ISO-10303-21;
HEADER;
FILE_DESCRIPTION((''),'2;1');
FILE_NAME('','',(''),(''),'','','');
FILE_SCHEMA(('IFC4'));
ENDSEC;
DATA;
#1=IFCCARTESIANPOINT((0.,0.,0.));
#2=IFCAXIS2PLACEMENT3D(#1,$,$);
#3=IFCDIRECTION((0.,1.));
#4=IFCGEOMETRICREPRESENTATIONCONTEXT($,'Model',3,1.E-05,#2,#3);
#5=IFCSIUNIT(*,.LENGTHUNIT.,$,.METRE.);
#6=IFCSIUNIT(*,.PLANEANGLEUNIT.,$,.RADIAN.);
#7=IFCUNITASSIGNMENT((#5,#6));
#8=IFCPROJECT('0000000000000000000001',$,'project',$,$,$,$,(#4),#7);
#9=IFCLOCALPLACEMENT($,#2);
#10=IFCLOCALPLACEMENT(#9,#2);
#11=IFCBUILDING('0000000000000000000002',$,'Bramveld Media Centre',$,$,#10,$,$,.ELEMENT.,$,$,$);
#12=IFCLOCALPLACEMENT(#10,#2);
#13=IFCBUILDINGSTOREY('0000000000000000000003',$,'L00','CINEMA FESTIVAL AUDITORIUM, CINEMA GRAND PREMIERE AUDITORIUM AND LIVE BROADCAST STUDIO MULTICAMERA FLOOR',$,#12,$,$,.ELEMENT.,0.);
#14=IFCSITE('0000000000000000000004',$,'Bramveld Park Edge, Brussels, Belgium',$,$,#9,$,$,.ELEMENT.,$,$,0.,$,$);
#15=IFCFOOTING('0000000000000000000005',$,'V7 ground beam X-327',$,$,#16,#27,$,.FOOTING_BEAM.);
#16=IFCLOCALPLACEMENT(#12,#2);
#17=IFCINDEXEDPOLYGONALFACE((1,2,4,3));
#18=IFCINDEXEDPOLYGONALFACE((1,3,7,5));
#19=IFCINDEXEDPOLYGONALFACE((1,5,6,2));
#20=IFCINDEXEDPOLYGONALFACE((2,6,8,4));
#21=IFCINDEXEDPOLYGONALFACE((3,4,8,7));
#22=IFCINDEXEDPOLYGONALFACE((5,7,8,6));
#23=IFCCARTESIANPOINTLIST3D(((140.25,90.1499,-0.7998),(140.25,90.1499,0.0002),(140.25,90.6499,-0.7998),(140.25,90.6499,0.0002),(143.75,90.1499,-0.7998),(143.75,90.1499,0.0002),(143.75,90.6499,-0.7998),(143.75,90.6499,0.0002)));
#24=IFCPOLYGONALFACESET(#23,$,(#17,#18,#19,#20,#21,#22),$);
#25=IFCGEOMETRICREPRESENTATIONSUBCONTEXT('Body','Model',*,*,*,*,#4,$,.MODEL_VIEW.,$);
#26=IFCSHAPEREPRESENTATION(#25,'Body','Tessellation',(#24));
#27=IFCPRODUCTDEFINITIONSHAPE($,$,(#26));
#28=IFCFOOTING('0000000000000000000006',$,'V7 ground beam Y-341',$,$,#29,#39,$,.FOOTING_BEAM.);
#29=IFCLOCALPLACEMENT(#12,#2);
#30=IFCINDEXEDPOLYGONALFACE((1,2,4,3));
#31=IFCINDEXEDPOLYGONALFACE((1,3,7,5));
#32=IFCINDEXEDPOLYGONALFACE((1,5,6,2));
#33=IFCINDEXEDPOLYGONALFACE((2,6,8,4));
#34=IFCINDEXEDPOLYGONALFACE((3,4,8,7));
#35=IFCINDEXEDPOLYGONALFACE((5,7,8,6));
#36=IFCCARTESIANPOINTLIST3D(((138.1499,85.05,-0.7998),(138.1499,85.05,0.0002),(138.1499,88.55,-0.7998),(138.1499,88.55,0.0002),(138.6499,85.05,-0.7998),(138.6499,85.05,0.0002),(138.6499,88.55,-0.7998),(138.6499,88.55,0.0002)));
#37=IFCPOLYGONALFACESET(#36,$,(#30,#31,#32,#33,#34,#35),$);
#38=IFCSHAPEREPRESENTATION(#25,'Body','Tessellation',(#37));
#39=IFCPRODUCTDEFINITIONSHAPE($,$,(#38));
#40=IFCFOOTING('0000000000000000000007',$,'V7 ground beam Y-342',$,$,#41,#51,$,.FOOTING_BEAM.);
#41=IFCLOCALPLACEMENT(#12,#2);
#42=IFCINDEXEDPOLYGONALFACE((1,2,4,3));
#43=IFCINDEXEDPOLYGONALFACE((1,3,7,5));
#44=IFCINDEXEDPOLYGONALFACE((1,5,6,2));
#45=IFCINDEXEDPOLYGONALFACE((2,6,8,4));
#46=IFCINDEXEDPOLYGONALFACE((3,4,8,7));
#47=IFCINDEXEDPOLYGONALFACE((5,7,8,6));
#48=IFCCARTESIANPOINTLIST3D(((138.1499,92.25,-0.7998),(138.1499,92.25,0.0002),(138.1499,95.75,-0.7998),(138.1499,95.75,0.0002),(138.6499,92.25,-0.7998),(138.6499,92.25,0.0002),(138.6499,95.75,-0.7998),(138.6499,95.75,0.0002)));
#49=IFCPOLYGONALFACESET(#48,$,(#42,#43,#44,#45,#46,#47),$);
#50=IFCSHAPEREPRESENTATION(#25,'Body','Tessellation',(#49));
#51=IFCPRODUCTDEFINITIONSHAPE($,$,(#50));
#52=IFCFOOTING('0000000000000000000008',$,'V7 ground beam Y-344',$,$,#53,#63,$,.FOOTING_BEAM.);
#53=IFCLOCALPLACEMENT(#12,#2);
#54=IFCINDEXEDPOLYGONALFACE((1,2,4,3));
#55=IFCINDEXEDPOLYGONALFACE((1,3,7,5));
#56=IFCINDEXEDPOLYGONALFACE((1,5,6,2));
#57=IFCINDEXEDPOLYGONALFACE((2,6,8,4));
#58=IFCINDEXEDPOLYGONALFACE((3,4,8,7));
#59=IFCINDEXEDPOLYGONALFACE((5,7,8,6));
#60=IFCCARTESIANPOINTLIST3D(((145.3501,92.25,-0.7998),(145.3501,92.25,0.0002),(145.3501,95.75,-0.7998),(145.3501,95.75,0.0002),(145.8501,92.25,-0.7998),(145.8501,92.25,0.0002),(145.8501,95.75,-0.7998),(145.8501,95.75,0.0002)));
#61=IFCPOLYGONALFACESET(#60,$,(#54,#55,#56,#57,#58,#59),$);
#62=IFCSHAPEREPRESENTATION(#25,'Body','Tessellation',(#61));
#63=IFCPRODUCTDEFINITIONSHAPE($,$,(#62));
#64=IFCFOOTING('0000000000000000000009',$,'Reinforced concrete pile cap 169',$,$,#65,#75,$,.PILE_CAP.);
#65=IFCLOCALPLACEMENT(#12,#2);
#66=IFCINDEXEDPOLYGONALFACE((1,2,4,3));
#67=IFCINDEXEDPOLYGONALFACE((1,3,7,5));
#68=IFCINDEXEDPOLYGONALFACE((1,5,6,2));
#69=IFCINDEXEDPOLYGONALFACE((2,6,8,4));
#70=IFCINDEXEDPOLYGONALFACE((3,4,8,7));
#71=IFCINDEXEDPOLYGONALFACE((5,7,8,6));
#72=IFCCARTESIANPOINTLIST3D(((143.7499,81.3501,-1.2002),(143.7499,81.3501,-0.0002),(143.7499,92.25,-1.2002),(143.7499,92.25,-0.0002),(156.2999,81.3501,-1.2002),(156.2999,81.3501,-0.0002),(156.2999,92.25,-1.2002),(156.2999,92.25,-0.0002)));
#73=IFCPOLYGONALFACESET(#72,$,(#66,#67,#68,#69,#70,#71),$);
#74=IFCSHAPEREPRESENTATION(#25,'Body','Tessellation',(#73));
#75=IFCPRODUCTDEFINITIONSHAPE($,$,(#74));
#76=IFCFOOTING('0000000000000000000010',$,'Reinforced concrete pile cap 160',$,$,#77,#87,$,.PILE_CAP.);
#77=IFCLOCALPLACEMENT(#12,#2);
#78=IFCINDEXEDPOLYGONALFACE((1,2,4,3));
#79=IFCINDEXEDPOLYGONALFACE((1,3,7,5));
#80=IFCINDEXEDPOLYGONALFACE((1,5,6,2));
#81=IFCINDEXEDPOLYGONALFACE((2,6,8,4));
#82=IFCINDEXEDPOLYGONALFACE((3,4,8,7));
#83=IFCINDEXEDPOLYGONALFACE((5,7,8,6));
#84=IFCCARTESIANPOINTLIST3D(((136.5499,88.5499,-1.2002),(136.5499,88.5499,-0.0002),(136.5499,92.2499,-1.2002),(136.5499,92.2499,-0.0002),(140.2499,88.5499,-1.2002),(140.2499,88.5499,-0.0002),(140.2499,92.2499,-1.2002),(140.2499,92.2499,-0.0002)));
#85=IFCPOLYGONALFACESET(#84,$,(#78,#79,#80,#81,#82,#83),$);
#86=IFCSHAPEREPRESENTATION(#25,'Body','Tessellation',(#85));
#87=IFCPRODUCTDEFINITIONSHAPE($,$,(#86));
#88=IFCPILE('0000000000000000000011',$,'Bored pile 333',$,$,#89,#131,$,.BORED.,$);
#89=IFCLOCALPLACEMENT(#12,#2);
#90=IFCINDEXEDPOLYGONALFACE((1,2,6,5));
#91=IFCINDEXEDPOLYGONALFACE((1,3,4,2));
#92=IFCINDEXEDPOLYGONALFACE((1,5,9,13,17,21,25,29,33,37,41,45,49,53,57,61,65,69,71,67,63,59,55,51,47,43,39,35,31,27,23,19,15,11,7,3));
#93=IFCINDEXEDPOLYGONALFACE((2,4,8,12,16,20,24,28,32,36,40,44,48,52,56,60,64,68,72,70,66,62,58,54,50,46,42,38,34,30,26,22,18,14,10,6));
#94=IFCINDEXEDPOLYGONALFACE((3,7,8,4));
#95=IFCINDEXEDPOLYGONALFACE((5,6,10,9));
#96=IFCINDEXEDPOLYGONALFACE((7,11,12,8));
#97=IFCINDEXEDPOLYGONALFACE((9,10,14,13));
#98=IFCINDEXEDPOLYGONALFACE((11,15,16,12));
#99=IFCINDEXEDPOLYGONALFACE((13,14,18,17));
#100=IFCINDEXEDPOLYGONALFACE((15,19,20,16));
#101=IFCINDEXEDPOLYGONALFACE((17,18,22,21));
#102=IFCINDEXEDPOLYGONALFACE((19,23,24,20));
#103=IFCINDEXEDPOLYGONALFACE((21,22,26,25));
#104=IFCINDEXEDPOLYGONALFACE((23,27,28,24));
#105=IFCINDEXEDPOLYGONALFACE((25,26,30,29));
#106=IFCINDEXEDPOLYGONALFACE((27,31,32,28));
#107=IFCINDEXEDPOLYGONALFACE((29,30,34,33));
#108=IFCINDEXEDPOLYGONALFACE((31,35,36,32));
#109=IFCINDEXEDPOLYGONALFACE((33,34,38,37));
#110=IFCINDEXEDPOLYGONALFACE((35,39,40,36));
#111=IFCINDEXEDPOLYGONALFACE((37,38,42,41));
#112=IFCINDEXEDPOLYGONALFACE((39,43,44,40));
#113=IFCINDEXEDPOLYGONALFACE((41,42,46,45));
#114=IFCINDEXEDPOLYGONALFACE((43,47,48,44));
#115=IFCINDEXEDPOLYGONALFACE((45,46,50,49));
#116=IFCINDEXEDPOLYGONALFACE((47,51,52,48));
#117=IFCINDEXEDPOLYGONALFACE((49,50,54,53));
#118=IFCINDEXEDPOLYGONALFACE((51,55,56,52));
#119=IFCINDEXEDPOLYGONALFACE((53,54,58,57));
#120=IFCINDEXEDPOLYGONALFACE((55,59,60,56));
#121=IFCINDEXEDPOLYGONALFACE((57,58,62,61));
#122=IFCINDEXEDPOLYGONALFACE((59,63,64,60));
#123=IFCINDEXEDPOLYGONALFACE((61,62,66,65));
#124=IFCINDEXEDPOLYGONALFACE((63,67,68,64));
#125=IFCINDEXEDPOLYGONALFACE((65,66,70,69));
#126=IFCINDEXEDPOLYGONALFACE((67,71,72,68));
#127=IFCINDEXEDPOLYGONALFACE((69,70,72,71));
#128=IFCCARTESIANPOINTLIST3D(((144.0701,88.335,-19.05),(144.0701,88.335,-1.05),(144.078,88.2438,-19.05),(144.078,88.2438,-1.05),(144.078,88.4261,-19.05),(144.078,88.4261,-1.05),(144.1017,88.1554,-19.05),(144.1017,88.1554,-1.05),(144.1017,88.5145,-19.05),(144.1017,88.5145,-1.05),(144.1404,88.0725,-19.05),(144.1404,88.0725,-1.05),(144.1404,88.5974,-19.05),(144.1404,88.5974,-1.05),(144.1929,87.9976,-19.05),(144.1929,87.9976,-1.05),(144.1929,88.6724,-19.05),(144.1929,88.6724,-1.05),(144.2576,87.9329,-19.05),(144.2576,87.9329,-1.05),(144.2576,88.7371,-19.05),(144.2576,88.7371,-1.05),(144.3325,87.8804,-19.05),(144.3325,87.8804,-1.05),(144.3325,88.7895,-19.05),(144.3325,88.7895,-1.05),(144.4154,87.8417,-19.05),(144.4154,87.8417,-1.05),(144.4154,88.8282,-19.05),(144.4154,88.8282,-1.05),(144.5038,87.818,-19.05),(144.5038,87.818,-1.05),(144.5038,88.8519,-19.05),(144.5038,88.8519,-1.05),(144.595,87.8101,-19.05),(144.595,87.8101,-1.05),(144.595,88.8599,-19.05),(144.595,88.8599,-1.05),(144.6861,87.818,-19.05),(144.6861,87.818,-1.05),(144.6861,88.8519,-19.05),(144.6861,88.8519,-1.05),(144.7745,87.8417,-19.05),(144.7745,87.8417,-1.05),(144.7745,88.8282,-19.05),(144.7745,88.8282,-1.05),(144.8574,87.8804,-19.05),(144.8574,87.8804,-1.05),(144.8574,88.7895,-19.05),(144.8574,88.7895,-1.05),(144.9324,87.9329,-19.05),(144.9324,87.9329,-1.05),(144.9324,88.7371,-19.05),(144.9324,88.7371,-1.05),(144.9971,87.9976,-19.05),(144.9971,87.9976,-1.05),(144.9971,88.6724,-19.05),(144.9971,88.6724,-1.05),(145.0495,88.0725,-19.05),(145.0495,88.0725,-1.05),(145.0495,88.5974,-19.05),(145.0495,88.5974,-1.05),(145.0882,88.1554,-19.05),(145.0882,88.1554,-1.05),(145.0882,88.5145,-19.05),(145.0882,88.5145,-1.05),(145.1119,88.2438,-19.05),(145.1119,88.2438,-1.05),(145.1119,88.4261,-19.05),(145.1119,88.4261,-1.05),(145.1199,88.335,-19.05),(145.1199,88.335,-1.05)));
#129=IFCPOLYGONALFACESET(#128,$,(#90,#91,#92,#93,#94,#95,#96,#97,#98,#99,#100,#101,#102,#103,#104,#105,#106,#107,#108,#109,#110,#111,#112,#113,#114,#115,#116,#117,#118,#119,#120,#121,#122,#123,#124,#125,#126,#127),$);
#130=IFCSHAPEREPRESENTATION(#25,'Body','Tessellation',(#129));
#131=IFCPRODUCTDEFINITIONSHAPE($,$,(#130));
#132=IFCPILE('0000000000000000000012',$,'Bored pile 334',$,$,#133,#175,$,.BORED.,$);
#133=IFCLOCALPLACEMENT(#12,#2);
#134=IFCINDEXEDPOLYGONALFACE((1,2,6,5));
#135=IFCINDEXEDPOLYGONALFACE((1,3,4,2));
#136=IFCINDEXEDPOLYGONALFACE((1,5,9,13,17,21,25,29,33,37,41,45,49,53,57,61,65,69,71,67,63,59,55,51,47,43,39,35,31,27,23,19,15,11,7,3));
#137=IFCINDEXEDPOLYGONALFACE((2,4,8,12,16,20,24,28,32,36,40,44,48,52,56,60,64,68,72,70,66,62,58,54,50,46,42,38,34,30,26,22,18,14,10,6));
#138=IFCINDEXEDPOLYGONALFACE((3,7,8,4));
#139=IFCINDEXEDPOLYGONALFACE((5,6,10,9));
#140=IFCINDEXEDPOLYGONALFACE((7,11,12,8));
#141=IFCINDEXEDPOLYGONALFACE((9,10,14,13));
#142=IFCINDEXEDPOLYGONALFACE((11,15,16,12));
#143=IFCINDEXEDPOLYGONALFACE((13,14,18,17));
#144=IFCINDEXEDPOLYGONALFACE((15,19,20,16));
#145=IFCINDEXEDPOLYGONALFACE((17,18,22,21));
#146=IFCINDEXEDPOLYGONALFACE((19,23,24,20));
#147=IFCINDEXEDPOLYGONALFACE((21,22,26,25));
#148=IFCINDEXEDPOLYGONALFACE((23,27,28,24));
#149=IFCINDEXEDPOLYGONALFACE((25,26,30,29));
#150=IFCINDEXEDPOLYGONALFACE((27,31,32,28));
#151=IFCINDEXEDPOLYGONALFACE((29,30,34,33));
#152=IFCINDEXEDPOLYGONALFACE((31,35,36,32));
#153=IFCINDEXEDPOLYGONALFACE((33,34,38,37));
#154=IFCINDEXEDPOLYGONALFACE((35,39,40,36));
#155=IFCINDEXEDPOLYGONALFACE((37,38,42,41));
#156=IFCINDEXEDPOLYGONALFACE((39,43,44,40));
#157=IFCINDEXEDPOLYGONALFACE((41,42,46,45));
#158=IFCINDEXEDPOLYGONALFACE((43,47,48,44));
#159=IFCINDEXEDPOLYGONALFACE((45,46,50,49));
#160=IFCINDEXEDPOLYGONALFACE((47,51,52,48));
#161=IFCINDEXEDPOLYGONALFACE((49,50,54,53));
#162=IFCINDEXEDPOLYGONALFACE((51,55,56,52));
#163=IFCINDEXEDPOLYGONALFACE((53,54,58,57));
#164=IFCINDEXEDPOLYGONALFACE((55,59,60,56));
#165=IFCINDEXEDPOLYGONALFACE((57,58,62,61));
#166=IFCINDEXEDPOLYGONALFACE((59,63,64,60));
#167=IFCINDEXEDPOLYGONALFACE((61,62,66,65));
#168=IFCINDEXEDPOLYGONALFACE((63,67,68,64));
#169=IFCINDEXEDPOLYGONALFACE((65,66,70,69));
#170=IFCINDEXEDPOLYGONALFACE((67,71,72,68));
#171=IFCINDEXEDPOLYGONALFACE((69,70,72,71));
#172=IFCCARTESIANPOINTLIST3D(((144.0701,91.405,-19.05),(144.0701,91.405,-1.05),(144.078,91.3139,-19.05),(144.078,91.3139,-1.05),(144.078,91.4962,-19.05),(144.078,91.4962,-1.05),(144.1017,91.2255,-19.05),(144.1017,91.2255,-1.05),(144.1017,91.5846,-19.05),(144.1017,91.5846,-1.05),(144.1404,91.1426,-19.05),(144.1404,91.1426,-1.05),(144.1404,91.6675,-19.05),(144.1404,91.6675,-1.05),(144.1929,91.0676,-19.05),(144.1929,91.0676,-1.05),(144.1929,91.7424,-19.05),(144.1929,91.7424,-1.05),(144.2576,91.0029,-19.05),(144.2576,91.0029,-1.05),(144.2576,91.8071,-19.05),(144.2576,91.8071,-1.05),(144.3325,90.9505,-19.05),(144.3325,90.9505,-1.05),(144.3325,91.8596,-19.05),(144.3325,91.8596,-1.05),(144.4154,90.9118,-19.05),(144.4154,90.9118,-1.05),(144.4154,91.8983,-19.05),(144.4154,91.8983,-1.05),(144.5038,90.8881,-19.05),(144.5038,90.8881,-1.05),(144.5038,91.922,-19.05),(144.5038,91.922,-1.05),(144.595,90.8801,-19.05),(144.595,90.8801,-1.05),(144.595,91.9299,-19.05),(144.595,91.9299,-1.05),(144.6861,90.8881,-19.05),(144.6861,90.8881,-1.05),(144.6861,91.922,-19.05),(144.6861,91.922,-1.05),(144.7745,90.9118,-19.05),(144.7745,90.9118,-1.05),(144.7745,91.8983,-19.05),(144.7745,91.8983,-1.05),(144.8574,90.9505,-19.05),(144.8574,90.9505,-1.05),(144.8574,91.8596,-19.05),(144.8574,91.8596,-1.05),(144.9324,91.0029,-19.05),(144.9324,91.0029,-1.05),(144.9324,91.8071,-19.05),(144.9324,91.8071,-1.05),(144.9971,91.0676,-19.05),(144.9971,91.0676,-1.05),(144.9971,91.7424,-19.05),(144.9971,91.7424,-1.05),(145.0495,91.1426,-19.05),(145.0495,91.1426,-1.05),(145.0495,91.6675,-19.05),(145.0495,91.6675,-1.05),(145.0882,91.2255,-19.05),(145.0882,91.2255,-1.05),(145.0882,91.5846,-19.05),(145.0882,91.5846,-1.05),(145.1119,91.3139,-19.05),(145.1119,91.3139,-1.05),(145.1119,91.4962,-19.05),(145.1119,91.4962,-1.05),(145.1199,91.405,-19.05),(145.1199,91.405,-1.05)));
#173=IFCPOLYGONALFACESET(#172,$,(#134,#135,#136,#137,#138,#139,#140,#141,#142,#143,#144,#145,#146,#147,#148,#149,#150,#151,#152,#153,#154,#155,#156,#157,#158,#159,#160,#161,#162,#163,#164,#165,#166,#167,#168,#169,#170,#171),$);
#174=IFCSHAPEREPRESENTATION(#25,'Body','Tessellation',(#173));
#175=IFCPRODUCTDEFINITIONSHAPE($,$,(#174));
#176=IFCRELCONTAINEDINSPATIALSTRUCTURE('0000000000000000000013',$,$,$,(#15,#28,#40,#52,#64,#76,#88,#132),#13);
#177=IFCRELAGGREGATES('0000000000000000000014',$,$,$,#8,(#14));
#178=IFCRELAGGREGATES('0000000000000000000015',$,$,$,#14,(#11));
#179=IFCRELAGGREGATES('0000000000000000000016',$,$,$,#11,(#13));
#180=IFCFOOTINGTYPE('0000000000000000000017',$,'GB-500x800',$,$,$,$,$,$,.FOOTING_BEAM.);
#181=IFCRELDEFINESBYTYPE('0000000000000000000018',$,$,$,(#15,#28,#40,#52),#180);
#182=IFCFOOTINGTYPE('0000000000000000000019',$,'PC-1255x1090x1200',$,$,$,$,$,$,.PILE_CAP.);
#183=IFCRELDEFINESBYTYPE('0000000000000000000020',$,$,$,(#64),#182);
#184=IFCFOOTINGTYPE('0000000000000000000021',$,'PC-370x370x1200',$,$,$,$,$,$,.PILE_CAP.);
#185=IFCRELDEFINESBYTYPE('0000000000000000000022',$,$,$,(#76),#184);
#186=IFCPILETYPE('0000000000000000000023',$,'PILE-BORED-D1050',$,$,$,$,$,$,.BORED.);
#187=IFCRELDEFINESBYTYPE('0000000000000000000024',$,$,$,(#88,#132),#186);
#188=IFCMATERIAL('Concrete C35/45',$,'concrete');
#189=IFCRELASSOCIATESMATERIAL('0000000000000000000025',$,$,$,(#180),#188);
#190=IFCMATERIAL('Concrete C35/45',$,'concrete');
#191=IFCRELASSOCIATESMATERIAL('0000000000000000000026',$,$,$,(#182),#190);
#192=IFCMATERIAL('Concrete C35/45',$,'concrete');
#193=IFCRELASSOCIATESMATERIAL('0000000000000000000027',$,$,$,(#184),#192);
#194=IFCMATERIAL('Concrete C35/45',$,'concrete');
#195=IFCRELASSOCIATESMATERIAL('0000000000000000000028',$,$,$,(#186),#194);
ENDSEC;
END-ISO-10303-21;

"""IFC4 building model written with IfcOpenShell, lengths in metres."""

from ifc_helpers import new_model, si_unit, direction, frame, origin, origin_2d, place, context, subcontext, project, spatial, rectangle, circle, extrude, material, material_profile, profile_set, type_object, element, save


model = new_model("IFC4")

# Units and contexts
model_context = context("Model", 3, precision=1e-05, world=origin(), true_north=direction((0.0, 1.0)))
body_context = subcontext(model_context, "Body", "Model", "MODEL_VIEW")
ifc_project = project(units=[si_unit("LENGTHUNIT", "METRE"), si_unit("PLANEANGLEUNIT", "RADIAN")], contexts=[model_context])

# Site, building, storey
site_placement = place(None, origin())
site = spatial("IfcSite", under=ifc_project, at=site_placement, Name="Bramveld Park Edge, Brussels, Belgium", CompositionType="ELEMENT", RefElevation=0.0)
building_placement = place(site_placement, origin())
building = spatial("IfcBuilding", under=site, at=building_placement, Name="Bramveld Media Centre", CompositionType="ELEMENT")
storey_placement = place(building_placement, origin())
storey = spatial("IfcBuildingStorey", under=building, at=storey_placement, Name="L00", Description="CINEMA FESTIVAL AUDITORIUM, CINEMA GRAND PREMIERE AUDITORIUM AND LIVE BROADCAST STUDIO MULTICAMERA FLOOR", CompositionType="ELEMENT", Elevation=0.0)

# Footings
ifc_material_1 = material(Name="Concrete C35/45", Category="concrete")
footing_type_1 = type_object("IfcFootingType", Name="GB-500x800", PredefinedType="FOOTING_BEAM", material=ifc_material_1)
footing_1_placement = place(storey_placement, frame((142.0, 90.3999, -0.7998), z_axis=(0.0, 0.0, 1.0), x_axis=(1.0, 0.0, 0.0)))
element("IfcFooting", 1, at=footing_1_placement, inside=storey, type_object=footing_type_1, Name="V7 ground beam X-327", PredefinedType="FOOTING_BEAM", context=body_context, shape_type="SweptSolid", body=[
    extrude(rectangle(XDim=3.5, YDim=0.5, at=origin_2d()), origin(), (0.0, 0.0, 1.0), 0.8),
])
for number, where, z_axis, x_axis, name in (
    (2, (138.3999, 86.8, -0.7998), (0.0, 0.0, 1.0), (1.0, 0.0, 0.0), "V7 ground beam Y-341"),
    (3, (138.3999, 94.0, -0.7998), (0.0, 0.0, 1.0), (1.0, 0.0, 0.0), "V7 ground beam Y-342"),
    (4, (145.6001, 94.0, -0.7998), (0.0, 0.0, 1.0), (1.0, 0.0, 0.0), "V7 ground beam Y-344"),
):
    element("IfcFooting", number, at=place(storey_placement, frame(where, z_axis=z_axis, x_axis=x_axis)), inside=storey, type_object=footing_type_1, Name=name, PredefinedType="FOOTING_BEAM", context=body_context, shape_type="SweptSolid", body=[
        extrude(rectangle(XDim=0.5, YDim=3.5, at=origin_2d()), origin(), (0.0, 0.0, 1.0), 0.8),
    ])
ifc_material_2 = material(Name="Concrete C35/45", Category="concrete")
footing_type_2 = type_object("IfcFootingType", Name="PC-1255x1090x1200", PredefinedType="PILE_CAP", material=ifc_material_2)
footing_2_placement = place(storey_placement, frame((150.0249, 86.8, -1.2002), z_axis=(0.0, 0.0, 1.0), x_axis=(1.0, 0.0, 0.0)))
element("IfcFooting", 5, at=footing_2_placement, inside=storey, type_object=footing_type_2, Name="Reinforced concrete pile cap 169", PredefinedType="PILE_CAP", context=body_context, shape_type="SweptSolid", body=[
    extrude(rectangle(XDim=12.55, YDim=10.8999, at=origin_2d()), origin(), (0.0, 0.0, 1.0), 1.2),
])
ifc_material_3 = material(Name="Concrete C35/45", Category="concrete")
footing_type_3 = type_object("IfcFootingType", Name="PC-370x370x1200", PredefinedType="PILE_CAP", material=ifc_material_3)
footing_3_placement = place(storey_placement, frame((138.3999, 90.3999, -1.2002), z_axis=(0.0, 0.0, 1.0), x_axis=(1.0, 0.0, 0.0)))
element("IfcFooting", 6, at=footing_3_placement, inside=storey, type_object=footing_type_3, Name="Reinforced concrete pile cap 160", PredefinedType="PILE_CAP", context=body_context, shape_type="SweptSolid", body=[
    extrude(rectangle(XDim=3.7, YDim=3.7, at=origin_2d()), origin(), (0.0, 0.0, 1.0), 1.2),
])

# Piles
ifc_material_4 = material(Name="Concrete C35/45", Category="concrete")
ifc_material_profile_1 = material_profile(ifc_material_4, circle(Radius=0.5249, at=origin_2d()), Name="BORED D1050")
ifc_profile_set_1 = profile_set([ifc_material_profile_1], Name="Concrete C35/45")
pile_type_1 = type_object("IfcPileType", Name="PILE-BORED-D1050", PredefinedType="BORED", material=ifc_profile_set_1)
for number, where, z_axis, x_axis, name in (
    (7, (144.595, 88.335, -1.05), (0.0, 0.0, -1.0), (1.0, 0.0, 0.0), "Bored pile 333"),
    (8, (144.595, 91.405, -1.05), (0.0, 0.0, -1.0), (1.0, 0.0, 0.0), "Bored pile 334"),
):
    element("IfcPile", number, at=place(storey_placement, frame(where, z_axis=z_axis, x_axis=x_axis)), inside=storey, type_object=pile_type_1, Name=name, PredefinedType="BORED", context=body_context, shape_type="SweptSolid", body=[
        extrude(circle(Radius=0.5249, at=origin_2d()), origin(), (0.0, 0.0, 1.0), 18.0),
    ])

save(model, "model.ifc")
